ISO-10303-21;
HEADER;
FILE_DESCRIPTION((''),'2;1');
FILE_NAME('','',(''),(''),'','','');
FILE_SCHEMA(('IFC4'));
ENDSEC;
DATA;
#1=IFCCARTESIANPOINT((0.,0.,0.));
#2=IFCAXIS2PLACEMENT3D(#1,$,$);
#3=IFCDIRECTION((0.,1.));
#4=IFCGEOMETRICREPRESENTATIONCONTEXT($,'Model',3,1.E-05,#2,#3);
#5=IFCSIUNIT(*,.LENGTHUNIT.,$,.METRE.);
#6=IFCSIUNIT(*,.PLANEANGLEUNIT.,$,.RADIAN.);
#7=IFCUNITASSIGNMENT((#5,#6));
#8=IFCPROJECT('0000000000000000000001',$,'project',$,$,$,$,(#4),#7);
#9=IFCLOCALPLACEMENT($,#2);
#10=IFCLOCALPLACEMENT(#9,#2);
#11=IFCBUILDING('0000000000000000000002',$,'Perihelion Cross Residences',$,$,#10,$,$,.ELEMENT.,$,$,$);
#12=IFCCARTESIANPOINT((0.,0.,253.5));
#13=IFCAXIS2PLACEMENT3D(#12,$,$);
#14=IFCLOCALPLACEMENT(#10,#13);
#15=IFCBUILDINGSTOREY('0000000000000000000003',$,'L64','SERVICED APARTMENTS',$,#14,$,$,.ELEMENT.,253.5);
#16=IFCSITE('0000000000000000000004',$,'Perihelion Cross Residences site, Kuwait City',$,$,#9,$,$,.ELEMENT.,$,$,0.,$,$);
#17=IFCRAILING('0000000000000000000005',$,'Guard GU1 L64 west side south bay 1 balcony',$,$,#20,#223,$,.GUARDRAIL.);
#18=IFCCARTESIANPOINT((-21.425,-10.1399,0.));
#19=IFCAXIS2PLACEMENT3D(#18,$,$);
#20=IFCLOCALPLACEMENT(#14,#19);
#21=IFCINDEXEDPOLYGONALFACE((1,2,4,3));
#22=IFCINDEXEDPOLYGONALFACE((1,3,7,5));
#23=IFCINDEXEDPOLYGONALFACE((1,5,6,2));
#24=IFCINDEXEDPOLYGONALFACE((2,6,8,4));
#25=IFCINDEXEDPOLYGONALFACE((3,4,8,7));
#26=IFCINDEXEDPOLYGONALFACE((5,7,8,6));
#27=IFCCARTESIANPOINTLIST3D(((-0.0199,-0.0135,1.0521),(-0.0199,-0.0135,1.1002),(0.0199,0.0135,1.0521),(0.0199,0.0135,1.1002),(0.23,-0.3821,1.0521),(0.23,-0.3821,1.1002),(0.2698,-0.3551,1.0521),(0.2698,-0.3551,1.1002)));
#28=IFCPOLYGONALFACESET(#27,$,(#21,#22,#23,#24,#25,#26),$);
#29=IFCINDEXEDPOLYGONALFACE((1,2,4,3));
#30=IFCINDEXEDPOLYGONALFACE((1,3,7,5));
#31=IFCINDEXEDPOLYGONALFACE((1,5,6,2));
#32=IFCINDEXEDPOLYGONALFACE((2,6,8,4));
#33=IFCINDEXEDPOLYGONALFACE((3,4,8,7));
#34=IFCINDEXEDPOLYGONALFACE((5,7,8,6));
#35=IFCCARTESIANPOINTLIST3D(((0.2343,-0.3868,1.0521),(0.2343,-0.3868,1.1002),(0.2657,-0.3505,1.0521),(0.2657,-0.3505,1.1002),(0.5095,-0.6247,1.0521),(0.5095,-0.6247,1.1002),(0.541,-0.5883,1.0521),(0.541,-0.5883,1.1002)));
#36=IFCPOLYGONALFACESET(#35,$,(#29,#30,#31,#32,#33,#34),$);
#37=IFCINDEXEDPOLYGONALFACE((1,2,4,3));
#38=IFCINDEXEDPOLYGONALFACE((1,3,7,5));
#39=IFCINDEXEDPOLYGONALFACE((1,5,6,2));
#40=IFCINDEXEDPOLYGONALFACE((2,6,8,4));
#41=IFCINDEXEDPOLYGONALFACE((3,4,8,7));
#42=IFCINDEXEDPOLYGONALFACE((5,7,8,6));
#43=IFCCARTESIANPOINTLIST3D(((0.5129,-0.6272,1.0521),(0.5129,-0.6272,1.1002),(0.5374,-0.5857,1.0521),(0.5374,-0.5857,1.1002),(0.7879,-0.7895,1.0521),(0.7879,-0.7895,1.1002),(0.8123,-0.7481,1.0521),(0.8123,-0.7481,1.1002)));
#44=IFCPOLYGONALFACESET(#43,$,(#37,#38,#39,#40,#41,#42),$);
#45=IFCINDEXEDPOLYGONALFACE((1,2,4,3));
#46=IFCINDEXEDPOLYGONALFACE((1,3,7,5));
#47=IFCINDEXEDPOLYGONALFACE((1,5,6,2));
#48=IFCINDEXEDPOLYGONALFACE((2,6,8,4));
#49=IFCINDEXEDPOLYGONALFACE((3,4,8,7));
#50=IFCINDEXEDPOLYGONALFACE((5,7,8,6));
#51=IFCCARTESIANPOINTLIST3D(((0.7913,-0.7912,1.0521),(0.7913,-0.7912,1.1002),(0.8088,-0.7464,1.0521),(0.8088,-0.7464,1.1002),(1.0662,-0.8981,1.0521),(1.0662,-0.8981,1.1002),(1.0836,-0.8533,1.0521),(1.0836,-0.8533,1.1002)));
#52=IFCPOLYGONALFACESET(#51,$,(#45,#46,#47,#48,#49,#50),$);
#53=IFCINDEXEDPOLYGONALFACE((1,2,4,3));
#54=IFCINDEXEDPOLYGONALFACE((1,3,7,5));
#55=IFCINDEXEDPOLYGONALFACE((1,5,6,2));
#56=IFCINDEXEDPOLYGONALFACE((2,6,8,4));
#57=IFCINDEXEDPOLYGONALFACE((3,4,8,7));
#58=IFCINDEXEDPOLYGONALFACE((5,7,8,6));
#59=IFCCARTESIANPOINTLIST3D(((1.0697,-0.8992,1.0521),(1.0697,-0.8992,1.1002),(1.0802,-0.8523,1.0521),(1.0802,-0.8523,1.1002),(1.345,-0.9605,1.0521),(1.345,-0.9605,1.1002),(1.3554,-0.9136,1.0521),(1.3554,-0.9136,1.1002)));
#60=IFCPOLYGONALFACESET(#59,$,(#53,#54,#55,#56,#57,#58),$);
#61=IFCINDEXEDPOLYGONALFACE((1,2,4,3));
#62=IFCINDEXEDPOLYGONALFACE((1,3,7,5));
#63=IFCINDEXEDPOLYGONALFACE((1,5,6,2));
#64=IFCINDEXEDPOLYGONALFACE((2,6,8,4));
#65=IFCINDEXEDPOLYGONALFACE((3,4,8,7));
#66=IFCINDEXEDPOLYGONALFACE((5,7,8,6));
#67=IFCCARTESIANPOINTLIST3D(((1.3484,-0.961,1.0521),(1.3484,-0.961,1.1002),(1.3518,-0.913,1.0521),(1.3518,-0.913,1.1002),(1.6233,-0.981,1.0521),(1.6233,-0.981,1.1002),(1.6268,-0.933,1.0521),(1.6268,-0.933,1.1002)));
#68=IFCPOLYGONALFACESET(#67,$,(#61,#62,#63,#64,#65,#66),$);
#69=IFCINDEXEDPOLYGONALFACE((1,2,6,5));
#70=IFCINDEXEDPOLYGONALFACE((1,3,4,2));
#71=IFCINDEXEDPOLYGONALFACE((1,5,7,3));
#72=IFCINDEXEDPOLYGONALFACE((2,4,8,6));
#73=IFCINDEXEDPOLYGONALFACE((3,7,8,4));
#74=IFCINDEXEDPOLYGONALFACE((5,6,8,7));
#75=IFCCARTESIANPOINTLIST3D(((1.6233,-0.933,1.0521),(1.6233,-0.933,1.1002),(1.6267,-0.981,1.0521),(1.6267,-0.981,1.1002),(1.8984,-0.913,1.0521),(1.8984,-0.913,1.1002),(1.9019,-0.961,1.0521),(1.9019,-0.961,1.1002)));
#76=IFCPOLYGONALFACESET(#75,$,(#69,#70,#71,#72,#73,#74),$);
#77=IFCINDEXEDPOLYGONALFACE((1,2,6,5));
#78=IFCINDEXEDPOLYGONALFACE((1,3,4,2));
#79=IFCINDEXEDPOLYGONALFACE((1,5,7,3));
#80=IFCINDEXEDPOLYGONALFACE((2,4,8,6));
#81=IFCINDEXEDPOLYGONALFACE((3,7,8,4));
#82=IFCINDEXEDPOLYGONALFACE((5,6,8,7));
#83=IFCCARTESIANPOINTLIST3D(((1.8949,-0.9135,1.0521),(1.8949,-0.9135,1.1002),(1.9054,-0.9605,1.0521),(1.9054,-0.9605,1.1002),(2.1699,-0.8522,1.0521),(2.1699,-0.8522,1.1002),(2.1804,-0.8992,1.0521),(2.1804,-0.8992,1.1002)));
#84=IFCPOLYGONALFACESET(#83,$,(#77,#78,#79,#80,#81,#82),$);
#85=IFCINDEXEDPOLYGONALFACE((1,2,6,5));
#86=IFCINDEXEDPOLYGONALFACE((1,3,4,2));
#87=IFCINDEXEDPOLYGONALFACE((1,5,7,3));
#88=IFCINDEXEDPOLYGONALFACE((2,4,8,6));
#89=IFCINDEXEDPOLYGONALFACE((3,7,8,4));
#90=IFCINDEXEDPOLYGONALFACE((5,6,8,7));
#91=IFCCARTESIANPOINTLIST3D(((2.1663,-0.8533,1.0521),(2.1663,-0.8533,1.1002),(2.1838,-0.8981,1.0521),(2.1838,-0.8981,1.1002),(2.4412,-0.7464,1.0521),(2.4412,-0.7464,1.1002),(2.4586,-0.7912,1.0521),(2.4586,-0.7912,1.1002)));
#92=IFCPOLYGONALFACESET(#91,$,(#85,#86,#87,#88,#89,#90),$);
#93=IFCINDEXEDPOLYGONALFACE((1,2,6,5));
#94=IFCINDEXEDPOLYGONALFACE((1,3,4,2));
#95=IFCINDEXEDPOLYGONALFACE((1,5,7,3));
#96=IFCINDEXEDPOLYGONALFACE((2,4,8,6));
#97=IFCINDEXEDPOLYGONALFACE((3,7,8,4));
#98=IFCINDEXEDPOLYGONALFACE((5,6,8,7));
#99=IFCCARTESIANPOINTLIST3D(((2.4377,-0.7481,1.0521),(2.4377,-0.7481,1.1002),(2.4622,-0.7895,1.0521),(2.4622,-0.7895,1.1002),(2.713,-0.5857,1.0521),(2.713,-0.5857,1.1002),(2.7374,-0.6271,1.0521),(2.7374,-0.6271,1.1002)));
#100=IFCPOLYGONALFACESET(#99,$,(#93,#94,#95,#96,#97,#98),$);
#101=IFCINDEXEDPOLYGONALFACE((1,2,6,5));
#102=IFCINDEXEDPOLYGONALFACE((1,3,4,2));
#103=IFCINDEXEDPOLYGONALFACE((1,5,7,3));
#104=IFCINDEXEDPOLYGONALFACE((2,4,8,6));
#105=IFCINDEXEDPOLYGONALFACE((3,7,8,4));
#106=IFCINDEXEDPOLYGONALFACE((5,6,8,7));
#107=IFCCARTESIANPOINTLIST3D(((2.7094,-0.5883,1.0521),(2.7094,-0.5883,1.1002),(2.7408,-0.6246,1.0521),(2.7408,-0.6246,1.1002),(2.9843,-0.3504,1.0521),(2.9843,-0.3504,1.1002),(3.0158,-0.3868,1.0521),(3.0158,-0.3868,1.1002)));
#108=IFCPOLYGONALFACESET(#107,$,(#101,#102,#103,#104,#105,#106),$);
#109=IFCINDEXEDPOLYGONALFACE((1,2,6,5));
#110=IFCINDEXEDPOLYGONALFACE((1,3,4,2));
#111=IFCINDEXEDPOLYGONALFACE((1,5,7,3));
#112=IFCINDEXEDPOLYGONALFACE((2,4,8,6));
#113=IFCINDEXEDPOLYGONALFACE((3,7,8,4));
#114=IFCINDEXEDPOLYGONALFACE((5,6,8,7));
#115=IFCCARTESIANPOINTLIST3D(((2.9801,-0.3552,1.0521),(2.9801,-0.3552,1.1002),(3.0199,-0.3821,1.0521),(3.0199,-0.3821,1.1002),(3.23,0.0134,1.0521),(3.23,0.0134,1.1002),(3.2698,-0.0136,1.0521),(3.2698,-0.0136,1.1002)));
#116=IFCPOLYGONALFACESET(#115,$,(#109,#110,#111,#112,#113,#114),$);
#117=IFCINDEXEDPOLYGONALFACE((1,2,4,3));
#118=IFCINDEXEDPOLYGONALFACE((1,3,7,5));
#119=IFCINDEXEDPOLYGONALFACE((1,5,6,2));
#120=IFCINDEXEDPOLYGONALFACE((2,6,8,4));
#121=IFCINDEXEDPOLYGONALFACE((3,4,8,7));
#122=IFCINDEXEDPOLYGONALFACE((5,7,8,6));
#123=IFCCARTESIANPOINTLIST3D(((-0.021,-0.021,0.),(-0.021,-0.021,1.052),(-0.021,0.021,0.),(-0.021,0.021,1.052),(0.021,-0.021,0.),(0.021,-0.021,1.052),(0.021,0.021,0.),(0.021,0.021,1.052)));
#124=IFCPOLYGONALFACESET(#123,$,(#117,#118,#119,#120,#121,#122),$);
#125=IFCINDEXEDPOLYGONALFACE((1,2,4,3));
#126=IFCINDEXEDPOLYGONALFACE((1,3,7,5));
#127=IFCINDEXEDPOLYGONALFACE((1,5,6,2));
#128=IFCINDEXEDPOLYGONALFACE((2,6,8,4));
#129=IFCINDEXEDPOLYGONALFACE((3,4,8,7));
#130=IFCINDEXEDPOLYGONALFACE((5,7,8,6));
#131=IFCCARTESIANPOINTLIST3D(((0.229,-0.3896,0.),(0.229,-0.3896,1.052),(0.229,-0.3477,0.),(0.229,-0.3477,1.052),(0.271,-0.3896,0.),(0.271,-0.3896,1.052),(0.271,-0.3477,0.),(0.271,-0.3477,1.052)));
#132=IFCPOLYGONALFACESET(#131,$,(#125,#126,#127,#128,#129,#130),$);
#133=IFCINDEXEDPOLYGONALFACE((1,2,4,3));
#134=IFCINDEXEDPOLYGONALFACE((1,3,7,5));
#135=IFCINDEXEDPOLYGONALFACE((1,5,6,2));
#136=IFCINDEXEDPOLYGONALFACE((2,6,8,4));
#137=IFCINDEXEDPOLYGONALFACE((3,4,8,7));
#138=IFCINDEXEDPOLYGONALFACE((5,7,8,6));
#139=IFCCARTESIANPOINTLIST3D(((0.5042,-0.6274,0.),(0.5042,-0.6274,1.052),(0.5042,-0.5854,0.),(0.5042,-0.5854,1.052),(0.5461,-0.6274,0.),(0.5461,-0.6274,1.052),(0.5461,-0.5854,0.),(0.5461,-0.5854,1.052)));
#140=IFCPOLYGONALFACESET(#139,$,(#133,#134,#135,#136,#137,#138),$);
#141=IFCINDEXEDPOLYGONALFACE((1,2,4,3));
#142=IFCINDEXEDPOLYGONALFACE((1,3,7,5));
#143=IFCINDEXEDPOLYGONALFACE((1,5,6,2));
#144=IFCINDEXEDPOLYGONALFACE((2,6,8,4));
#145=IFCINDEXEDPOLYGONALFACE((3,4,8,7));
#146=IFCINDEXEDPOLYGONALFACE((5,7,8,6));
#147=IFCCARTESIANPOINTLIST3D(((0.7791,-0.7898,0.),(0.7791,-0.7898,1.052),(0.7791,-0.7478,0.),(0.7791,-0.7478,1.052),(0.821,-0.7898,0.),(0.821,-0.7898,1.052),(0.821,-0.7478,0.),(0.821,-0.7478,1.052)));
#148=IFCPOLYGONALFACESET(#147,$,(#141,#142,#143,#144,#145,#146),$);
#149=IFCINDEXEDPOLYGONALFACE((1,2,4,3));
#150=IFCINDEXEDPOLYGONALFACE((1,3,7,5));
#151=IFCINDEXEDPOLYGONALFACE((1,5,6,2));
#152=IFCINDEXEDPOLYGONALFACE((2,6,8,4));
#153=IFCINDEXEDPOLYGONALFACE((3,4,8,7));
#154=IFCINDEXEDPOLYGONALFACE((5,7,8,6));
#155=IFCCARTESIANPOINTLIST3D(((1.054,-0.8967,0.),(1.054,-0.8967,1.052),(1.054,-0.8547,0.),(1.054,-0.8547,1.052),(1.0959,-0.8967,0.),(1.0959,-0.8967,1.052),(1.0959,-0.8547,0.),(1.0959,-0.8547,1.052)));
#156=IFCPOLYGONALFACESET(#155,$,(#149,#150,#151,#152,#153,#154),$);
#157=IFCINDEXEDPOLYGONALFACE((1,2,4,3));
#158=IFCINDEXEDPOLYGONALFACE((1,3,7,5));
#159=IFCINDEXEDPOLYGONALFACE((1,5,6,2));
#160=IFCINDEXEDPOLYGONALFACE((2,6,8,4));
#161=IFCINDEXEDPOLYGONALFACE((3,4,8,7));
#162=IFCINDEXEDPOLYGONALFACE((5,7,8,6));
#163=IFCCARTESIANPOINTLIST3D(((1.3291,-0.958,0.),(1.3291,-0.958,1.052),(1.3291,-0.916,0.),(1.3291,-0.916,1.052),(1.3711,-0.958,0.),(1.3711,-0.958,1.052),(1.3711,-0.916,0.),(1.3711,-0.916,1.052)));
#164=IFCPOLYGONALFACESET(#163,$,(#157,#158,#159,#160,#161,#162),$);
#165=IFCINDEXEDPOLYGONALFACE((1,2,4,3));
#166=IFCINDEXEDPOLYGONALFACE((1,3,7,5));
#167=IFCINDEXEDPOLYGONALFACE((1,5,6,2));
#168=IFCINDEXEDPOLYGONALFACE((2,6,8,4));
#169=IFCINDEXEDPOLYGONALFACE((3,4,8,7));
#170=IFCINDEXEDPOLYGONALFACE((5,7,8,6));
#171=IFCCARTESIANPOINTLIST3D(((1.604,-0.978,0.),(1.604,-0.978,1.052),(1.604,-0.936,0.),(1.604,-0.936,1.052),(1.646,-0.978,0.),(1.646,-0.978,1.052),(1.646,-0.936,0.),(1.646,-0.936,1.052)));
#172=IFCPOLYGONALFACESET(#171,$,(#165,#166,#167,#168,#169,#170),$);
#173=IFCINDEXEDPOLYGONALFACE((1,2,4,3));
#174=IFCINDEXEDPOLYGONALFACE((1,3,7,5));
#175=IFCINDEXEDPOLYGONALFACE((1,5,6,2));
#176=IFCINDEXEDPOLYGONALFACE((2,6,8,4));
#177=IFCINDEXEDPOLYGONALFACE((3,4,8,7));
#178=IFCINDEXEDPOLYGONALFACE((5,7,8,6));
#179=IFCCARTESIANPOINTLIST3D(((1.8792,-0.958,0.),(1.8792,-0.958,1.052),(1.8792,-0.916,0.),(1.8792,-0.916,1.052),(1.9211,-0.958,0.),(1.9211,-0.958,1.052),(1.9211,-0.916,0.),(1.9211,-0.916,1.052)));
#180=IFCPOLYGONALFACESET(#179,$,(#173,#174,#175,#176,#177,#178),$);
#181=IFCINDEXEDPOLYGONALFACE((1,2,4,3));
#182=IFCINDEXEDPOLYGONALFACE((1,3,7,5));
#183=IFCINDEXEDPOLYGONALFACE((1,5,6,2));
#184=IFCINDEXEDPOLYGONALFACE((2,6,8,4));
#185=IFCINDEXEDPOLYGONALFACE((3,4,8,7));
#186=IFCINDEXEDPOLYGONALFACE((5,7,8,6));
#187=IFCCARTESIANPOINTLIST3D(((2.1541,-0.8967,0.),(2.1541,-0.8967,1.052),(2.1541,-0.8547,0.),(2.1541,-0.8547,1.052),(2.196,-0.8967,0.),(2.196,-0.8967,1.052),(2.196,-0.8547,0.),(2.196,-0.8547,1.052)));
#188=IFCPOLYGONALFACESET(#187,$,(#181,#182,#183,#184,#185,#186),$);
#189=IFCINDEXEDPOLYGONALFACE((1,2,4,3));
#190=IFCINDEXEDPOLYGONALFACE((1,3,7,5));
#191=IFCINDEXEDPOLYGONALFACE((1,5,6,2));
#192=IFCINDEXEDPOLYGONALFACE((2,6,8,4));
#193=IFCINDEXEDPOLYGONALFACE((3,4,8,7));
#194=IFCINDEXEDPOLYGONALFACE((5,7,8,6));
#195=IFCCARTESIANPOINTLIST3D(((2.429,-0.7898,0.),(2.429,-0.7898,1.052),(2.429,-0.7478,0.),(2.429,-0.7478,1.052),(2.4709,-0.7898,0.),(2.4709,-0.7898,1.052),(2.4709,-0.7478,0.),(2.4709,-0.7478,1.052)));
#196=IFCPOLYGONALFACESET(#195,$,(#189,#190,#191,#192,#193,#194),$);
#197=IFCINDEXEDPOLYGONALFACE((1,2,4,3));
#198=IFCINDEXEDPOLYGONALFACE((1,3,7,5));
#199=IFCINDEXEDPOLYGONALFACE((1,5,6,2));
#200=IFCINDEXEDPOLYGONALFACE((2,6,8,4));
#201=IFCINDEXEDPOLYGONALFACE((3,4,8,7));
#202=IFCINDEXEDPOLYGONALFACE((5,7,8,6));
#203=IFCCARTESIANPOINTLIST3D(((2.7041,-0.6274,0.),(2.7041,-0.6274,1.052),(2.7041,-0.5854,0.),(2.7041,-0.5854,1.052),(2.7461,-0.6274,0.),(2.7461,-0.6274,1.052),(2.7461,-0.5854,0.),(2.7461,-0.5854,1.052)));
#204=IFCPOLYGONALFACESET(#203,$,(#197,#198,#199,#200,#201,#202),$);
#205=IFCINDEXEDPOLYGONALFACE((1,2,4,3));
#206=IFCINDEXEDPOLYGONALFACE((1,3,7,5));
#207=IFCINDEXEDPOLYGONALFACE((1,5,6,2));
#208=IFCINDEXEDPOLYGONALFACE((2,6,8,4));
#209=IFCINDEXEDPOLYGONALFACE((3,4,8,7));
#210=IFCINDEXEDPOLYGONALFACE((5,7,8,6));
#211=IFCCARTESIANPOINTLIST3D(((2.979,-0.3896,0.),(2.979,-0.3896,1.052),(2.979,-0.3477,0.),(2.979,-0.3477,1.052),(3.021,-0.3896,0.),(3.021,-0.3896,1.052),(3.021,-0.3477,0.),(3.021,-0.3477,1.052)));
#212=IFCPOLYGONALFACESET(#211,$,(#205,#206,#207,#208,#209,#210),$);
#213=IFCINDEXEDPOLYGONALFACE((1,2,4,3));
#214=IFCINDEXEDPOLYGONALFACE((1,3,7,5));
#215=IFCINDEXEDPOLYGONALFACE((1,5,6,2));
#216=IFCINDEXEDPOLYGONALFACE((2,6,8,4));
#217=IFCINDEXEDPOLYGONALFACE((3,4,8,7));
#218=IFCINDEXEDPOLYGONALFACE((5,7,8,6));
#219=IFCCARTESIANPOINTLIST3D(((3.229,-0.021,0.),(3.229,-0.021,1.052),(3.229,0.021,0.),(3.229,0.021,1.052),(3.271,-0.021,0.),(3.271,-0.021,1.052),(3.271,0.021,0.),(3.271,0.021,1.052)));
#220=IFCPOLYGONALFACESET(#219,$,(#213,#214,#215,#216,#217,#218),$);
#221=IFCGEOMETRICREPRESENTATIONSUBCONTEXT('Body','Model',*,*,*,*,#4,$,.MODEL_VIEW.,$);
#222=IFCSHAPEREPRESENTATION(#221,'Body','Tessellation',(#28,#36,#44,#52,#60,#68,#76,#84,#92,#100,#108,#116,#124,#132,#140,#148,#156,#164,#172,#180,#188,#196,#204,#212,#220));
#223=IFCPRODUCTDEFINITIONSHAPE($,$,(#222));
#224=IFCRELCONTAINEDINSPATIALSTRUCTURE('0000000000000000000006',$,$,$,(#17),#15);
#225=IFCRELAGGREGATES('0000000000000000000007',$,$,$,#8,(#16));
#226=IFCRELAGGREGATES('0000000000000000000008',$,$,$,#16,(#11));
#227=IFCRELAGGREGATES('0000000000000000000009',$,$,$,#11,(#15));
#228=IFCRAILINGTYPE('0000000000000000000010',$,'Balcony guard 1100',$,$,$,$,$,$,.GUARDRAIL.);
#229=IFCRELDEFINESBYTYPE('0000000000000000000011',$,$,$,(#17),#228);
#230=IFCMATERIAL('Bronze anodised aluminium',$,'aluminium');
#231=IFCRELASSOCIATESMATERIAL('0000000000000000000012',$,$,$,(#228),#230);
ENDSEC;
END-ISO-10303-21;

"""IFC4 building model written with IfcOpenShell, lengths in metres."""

from ifc_helpers import new_model, si_unit, direction, frame, origin, origin_2d, place, context, subcontext, project, spatial, rectangle, extrude, material, type_object, element, save


model = new_model("IFC4")

# Units and contexts
model_context = context("Model", 3, precision=1e-05, world=origin(), true_north=direction((0.0, 1.0)))
body_context = subcontext(model_context, "Body", "Model", "MODEL_VIEW")
ifc_project = project(units=[si_unit("LENGTHUNIT", "METRE"), si_unit("PLANEANGLEUNIT", "RADIAN")], contexts=[model_context])

# Site, building, storey
site_placement = place(None, origin())
site = spatial("IfcSite", under=ifc_project, at=site_placement, Name="Perihelion Cross Residences site, Kuwait City", CompositionType="ELEMENT", RefElevation=0.0)
building_placement = place(site_placement, origin())
building = spatial("IfcBuilding", under=site, at=building_placement, Name="Perihelion Cross Residences", CompositionType="ELEMENT")
storey_placement = place(building_placement, frame((0.0, 0.0, 253.5)))
storey = spatial("IfcBuildingStorey", under=building, at=storey_placement, Name="L64", Description="SERVICED APARTMENTS", CompositionType="ELEMENT", Elevation=253.5)

# Railing
ifc_material_1 = material(Name="Bronze anodised aluminium", Category="aluminium")
railing_type_1 = type_object("IfcRailingType", Name="Balcony guard 1100", PredefinedType="GUARDRAIL", material=ifc_material_1)
railing_1_placement = place(storey_placement, frame((-21.425, -10.1399, 0.0)))
element("IfcRailing", 1, at=railing_1_placement, inside=storey, type_object=railing_type_1, Name="Guard GU1 L64 west side south bay 1 balcony", PredefinedType="GUARDRAIL", context=body_context, shape_type="SweptSolid", body=[
    extrude(rectangle(XDim=0.0481, YDim=0.0481, at=origin_2d()), frame((0.0, 0.0, 1.0762), z_axis=(0.56126, -0.827639, 0.0), x_axis=(0.827639, 0.56126, 0.0)), (0.0, 0.0, 1.0), 0.4453),
    extrude(rectangle(XDim=0.0481, YDim=0.0481, at=origin_2d()), frame((0.25, -0.3687, 1.0762), z_axis=(0.756597, -0.653882, 0.0), x_axis=(0.653882, 0.756597, 0.0)), (0.0, 0.0, 1.0), 0.3638),
    extrude(rectangle(XDim=0.0481, YDim=0.0481, at=origin_2d()), frame((0.5251, -0.6064, 1.0762), z_axis=(0.861048, -0.508523, 0.0), x_axis=(0.508523, 0.861048, 0.0)), (0.0, 0.0, 1.0), 0.3193),
    extrude(rectangle(XDim=0.0481, YDim=0.0481, at=origin_2d()), frame((0.8, -0.7688, 1.0762), z_axis=(0.931974, -0.362526, 0.0), x_axis=(0.362526, 0.931974, 0.0)), (0.0, 0.0, 1.0), 0.2949),
    extrude(rectangle(XDim=0.0481, YDim=0.0481, at=origin_2d()), frame((1.075, -0.8757, 1.0762), z_axis=(0.976085, -0.217389, 0.0), x_axis=(0.217389, 0.976085, 0.0)), (0.0, 0.0, 1.0), 0.282),
    extrude(rectangle(XDim=0.0481, YDim=0.0481, at=origin_2d()), frame((1.3501, -0.937, 1.0762), z_axis=(0.997359, -0.072632, 0.0), x_axis=(0.072632, 0.997359, 0.0)), (0.0, 0.0, 1.0), 0.2756),
    extrude(rectangle(XDim=0.0481, YDim=0.0481, at=origin_2d()), frame((1.625, -0.957, 1.0762), z_axis=(0.997363, 0.072568, 0.0), x_axis=(-0.072568, 0.997363, 0.0)), (0.0, 0.0, 1.0), 0.2759),
    extrude(rectangle(XDim=0.0481, YDim=0.0481, at=origin_2d()), frame((1.9001, -0.937, 1.0762), z_axis=(0.976044, 0.217573, 0.0), x_axis=(-0.217573, 0.976044, 0.0)), (0.0, 0.0, 1.0), 0.2817),
    extrude(rectangle(XDim=0.0481, YDim=0.0481, at=origin_2d()), frame((2.175, -0.8757, 1.0762), z_axis=(0.931974, 0.362526, 0.0), x_axis=(-0.362526, 0.931974, 0.0)), (0.0, 0.0, 1.0), 0.2949),
    extrude(rectangle(XDim=0.0481, YDim=0.0481, at=origin_2d()), frame((2.45, -0.7688, 1.0762), z_axis=(0.861246, 0.508189, 0.0), x_axis=(-0.508189, 0.861246, 0.0)), (0.0, 0.0, 1.0), 0.3196),
    extrude(rectangle(XDim=0.0481, YDim=0.0481, at=origin_2d()), frame((2.7251, -0.6064, 1.0762), z_axis=(0.756309, 0.654214, 0.0), x_axis=(-0.654214, 0.756309, 0.0)), (0.0, 0.0, 1.0), 0.3635),
    extrude(rectangle(XDim=0.0481, YDim=0.0481, at=origin_2d()), frame((3.0, -0.3687, 1.0762), z_axis=(0.56126, 0.827639, 0.0), x_axis=(-0.827639, 0.56126, 0.0)), (0.0, 0.0, 1.0), 0.4453),
    extrude(rectangle(XDim=0.042, YDim=0.042, at=origin_2d()), origin(), (0.0, 0.0, 1.0), 1.052),
    extrude(rectangle(XDim=0.042, YDim=0.042, at=origin_2d()), frame((0.25, -0.3687, 0.0)), (0.0, 0.0, 1.0), 1.052),
    extrude(rectangle(XDim=0.042, YDim=0.042, at=origin_2d()), frame((0.5251, -0.6064, 0.0)), (0.0, 0.0, 1.0), 1.052),
    extrude(rectangle(XDim=0.042, YDim=0.042, at=origin_2d()), frame((0.8, -0.7688, 0.0)), (0.0, 0.0, 1.0), 1.052),
    extrude(rectangle(XDim=0.042, YDim=0.042, at=origin_2d()), frame((1.075, -0.8757, 0.0)), (0.0, 0.0, 1.0), 1.052),
    extrude(rectangle(XDim=0.042, YDim=0.042, at=origin_2d()), frame((1.3501, -0.937, 0.0)), (0.0, 0.0, 1.0), 1.052),
    extrude(rectangle(XDim=0.042, YDim=0.042, at=origin_2d()), frame((1.625, -0.957, 0.0)), (0.0, 0.0, 1.0), 1.052),
    extrude(rectangle(XDim=0.042, YDim=0.042, at=origin_2d()), frame((1.9001, -0.937, 0.0)), (0.0, 0.0, 1.0), 1.052),
    extrude(rectangle(XDim=0.042, YDim=0.042, at=origin_2d()), frame((2.175, -0.8757, 0.0)), (0.0, 0.0, 1.0), 1.052),
    extrude(rectangle(XDim=0.042, YDim=0.042, at=origin_2d()), frame((2.45, -0.7688, 0.0)), (0.0, 0.0, 1.0), 1.052),
    extrude(rectangle(XDim=0.042, YDim=0.042, at=origin_2d()), frame((2.7251, -0.6064, 0.0)), (0.0, 0.0, 1.0), 1.052),
    extrude(rectangle(XDim=0.042, YDim=0.042, at=origin_2d()), frame((3.0, -0.3687, 0.0)), (0.0, 0.0, 1.0), 1.052),
    extrude(rectangle(XDim=0.042, YDim=0.042, at=origin_2d()), frame((3.25, 0.0, 0.0)), (0.0, 0.0, 1.0), 1.052),
])

save(model, "model.ifc")
